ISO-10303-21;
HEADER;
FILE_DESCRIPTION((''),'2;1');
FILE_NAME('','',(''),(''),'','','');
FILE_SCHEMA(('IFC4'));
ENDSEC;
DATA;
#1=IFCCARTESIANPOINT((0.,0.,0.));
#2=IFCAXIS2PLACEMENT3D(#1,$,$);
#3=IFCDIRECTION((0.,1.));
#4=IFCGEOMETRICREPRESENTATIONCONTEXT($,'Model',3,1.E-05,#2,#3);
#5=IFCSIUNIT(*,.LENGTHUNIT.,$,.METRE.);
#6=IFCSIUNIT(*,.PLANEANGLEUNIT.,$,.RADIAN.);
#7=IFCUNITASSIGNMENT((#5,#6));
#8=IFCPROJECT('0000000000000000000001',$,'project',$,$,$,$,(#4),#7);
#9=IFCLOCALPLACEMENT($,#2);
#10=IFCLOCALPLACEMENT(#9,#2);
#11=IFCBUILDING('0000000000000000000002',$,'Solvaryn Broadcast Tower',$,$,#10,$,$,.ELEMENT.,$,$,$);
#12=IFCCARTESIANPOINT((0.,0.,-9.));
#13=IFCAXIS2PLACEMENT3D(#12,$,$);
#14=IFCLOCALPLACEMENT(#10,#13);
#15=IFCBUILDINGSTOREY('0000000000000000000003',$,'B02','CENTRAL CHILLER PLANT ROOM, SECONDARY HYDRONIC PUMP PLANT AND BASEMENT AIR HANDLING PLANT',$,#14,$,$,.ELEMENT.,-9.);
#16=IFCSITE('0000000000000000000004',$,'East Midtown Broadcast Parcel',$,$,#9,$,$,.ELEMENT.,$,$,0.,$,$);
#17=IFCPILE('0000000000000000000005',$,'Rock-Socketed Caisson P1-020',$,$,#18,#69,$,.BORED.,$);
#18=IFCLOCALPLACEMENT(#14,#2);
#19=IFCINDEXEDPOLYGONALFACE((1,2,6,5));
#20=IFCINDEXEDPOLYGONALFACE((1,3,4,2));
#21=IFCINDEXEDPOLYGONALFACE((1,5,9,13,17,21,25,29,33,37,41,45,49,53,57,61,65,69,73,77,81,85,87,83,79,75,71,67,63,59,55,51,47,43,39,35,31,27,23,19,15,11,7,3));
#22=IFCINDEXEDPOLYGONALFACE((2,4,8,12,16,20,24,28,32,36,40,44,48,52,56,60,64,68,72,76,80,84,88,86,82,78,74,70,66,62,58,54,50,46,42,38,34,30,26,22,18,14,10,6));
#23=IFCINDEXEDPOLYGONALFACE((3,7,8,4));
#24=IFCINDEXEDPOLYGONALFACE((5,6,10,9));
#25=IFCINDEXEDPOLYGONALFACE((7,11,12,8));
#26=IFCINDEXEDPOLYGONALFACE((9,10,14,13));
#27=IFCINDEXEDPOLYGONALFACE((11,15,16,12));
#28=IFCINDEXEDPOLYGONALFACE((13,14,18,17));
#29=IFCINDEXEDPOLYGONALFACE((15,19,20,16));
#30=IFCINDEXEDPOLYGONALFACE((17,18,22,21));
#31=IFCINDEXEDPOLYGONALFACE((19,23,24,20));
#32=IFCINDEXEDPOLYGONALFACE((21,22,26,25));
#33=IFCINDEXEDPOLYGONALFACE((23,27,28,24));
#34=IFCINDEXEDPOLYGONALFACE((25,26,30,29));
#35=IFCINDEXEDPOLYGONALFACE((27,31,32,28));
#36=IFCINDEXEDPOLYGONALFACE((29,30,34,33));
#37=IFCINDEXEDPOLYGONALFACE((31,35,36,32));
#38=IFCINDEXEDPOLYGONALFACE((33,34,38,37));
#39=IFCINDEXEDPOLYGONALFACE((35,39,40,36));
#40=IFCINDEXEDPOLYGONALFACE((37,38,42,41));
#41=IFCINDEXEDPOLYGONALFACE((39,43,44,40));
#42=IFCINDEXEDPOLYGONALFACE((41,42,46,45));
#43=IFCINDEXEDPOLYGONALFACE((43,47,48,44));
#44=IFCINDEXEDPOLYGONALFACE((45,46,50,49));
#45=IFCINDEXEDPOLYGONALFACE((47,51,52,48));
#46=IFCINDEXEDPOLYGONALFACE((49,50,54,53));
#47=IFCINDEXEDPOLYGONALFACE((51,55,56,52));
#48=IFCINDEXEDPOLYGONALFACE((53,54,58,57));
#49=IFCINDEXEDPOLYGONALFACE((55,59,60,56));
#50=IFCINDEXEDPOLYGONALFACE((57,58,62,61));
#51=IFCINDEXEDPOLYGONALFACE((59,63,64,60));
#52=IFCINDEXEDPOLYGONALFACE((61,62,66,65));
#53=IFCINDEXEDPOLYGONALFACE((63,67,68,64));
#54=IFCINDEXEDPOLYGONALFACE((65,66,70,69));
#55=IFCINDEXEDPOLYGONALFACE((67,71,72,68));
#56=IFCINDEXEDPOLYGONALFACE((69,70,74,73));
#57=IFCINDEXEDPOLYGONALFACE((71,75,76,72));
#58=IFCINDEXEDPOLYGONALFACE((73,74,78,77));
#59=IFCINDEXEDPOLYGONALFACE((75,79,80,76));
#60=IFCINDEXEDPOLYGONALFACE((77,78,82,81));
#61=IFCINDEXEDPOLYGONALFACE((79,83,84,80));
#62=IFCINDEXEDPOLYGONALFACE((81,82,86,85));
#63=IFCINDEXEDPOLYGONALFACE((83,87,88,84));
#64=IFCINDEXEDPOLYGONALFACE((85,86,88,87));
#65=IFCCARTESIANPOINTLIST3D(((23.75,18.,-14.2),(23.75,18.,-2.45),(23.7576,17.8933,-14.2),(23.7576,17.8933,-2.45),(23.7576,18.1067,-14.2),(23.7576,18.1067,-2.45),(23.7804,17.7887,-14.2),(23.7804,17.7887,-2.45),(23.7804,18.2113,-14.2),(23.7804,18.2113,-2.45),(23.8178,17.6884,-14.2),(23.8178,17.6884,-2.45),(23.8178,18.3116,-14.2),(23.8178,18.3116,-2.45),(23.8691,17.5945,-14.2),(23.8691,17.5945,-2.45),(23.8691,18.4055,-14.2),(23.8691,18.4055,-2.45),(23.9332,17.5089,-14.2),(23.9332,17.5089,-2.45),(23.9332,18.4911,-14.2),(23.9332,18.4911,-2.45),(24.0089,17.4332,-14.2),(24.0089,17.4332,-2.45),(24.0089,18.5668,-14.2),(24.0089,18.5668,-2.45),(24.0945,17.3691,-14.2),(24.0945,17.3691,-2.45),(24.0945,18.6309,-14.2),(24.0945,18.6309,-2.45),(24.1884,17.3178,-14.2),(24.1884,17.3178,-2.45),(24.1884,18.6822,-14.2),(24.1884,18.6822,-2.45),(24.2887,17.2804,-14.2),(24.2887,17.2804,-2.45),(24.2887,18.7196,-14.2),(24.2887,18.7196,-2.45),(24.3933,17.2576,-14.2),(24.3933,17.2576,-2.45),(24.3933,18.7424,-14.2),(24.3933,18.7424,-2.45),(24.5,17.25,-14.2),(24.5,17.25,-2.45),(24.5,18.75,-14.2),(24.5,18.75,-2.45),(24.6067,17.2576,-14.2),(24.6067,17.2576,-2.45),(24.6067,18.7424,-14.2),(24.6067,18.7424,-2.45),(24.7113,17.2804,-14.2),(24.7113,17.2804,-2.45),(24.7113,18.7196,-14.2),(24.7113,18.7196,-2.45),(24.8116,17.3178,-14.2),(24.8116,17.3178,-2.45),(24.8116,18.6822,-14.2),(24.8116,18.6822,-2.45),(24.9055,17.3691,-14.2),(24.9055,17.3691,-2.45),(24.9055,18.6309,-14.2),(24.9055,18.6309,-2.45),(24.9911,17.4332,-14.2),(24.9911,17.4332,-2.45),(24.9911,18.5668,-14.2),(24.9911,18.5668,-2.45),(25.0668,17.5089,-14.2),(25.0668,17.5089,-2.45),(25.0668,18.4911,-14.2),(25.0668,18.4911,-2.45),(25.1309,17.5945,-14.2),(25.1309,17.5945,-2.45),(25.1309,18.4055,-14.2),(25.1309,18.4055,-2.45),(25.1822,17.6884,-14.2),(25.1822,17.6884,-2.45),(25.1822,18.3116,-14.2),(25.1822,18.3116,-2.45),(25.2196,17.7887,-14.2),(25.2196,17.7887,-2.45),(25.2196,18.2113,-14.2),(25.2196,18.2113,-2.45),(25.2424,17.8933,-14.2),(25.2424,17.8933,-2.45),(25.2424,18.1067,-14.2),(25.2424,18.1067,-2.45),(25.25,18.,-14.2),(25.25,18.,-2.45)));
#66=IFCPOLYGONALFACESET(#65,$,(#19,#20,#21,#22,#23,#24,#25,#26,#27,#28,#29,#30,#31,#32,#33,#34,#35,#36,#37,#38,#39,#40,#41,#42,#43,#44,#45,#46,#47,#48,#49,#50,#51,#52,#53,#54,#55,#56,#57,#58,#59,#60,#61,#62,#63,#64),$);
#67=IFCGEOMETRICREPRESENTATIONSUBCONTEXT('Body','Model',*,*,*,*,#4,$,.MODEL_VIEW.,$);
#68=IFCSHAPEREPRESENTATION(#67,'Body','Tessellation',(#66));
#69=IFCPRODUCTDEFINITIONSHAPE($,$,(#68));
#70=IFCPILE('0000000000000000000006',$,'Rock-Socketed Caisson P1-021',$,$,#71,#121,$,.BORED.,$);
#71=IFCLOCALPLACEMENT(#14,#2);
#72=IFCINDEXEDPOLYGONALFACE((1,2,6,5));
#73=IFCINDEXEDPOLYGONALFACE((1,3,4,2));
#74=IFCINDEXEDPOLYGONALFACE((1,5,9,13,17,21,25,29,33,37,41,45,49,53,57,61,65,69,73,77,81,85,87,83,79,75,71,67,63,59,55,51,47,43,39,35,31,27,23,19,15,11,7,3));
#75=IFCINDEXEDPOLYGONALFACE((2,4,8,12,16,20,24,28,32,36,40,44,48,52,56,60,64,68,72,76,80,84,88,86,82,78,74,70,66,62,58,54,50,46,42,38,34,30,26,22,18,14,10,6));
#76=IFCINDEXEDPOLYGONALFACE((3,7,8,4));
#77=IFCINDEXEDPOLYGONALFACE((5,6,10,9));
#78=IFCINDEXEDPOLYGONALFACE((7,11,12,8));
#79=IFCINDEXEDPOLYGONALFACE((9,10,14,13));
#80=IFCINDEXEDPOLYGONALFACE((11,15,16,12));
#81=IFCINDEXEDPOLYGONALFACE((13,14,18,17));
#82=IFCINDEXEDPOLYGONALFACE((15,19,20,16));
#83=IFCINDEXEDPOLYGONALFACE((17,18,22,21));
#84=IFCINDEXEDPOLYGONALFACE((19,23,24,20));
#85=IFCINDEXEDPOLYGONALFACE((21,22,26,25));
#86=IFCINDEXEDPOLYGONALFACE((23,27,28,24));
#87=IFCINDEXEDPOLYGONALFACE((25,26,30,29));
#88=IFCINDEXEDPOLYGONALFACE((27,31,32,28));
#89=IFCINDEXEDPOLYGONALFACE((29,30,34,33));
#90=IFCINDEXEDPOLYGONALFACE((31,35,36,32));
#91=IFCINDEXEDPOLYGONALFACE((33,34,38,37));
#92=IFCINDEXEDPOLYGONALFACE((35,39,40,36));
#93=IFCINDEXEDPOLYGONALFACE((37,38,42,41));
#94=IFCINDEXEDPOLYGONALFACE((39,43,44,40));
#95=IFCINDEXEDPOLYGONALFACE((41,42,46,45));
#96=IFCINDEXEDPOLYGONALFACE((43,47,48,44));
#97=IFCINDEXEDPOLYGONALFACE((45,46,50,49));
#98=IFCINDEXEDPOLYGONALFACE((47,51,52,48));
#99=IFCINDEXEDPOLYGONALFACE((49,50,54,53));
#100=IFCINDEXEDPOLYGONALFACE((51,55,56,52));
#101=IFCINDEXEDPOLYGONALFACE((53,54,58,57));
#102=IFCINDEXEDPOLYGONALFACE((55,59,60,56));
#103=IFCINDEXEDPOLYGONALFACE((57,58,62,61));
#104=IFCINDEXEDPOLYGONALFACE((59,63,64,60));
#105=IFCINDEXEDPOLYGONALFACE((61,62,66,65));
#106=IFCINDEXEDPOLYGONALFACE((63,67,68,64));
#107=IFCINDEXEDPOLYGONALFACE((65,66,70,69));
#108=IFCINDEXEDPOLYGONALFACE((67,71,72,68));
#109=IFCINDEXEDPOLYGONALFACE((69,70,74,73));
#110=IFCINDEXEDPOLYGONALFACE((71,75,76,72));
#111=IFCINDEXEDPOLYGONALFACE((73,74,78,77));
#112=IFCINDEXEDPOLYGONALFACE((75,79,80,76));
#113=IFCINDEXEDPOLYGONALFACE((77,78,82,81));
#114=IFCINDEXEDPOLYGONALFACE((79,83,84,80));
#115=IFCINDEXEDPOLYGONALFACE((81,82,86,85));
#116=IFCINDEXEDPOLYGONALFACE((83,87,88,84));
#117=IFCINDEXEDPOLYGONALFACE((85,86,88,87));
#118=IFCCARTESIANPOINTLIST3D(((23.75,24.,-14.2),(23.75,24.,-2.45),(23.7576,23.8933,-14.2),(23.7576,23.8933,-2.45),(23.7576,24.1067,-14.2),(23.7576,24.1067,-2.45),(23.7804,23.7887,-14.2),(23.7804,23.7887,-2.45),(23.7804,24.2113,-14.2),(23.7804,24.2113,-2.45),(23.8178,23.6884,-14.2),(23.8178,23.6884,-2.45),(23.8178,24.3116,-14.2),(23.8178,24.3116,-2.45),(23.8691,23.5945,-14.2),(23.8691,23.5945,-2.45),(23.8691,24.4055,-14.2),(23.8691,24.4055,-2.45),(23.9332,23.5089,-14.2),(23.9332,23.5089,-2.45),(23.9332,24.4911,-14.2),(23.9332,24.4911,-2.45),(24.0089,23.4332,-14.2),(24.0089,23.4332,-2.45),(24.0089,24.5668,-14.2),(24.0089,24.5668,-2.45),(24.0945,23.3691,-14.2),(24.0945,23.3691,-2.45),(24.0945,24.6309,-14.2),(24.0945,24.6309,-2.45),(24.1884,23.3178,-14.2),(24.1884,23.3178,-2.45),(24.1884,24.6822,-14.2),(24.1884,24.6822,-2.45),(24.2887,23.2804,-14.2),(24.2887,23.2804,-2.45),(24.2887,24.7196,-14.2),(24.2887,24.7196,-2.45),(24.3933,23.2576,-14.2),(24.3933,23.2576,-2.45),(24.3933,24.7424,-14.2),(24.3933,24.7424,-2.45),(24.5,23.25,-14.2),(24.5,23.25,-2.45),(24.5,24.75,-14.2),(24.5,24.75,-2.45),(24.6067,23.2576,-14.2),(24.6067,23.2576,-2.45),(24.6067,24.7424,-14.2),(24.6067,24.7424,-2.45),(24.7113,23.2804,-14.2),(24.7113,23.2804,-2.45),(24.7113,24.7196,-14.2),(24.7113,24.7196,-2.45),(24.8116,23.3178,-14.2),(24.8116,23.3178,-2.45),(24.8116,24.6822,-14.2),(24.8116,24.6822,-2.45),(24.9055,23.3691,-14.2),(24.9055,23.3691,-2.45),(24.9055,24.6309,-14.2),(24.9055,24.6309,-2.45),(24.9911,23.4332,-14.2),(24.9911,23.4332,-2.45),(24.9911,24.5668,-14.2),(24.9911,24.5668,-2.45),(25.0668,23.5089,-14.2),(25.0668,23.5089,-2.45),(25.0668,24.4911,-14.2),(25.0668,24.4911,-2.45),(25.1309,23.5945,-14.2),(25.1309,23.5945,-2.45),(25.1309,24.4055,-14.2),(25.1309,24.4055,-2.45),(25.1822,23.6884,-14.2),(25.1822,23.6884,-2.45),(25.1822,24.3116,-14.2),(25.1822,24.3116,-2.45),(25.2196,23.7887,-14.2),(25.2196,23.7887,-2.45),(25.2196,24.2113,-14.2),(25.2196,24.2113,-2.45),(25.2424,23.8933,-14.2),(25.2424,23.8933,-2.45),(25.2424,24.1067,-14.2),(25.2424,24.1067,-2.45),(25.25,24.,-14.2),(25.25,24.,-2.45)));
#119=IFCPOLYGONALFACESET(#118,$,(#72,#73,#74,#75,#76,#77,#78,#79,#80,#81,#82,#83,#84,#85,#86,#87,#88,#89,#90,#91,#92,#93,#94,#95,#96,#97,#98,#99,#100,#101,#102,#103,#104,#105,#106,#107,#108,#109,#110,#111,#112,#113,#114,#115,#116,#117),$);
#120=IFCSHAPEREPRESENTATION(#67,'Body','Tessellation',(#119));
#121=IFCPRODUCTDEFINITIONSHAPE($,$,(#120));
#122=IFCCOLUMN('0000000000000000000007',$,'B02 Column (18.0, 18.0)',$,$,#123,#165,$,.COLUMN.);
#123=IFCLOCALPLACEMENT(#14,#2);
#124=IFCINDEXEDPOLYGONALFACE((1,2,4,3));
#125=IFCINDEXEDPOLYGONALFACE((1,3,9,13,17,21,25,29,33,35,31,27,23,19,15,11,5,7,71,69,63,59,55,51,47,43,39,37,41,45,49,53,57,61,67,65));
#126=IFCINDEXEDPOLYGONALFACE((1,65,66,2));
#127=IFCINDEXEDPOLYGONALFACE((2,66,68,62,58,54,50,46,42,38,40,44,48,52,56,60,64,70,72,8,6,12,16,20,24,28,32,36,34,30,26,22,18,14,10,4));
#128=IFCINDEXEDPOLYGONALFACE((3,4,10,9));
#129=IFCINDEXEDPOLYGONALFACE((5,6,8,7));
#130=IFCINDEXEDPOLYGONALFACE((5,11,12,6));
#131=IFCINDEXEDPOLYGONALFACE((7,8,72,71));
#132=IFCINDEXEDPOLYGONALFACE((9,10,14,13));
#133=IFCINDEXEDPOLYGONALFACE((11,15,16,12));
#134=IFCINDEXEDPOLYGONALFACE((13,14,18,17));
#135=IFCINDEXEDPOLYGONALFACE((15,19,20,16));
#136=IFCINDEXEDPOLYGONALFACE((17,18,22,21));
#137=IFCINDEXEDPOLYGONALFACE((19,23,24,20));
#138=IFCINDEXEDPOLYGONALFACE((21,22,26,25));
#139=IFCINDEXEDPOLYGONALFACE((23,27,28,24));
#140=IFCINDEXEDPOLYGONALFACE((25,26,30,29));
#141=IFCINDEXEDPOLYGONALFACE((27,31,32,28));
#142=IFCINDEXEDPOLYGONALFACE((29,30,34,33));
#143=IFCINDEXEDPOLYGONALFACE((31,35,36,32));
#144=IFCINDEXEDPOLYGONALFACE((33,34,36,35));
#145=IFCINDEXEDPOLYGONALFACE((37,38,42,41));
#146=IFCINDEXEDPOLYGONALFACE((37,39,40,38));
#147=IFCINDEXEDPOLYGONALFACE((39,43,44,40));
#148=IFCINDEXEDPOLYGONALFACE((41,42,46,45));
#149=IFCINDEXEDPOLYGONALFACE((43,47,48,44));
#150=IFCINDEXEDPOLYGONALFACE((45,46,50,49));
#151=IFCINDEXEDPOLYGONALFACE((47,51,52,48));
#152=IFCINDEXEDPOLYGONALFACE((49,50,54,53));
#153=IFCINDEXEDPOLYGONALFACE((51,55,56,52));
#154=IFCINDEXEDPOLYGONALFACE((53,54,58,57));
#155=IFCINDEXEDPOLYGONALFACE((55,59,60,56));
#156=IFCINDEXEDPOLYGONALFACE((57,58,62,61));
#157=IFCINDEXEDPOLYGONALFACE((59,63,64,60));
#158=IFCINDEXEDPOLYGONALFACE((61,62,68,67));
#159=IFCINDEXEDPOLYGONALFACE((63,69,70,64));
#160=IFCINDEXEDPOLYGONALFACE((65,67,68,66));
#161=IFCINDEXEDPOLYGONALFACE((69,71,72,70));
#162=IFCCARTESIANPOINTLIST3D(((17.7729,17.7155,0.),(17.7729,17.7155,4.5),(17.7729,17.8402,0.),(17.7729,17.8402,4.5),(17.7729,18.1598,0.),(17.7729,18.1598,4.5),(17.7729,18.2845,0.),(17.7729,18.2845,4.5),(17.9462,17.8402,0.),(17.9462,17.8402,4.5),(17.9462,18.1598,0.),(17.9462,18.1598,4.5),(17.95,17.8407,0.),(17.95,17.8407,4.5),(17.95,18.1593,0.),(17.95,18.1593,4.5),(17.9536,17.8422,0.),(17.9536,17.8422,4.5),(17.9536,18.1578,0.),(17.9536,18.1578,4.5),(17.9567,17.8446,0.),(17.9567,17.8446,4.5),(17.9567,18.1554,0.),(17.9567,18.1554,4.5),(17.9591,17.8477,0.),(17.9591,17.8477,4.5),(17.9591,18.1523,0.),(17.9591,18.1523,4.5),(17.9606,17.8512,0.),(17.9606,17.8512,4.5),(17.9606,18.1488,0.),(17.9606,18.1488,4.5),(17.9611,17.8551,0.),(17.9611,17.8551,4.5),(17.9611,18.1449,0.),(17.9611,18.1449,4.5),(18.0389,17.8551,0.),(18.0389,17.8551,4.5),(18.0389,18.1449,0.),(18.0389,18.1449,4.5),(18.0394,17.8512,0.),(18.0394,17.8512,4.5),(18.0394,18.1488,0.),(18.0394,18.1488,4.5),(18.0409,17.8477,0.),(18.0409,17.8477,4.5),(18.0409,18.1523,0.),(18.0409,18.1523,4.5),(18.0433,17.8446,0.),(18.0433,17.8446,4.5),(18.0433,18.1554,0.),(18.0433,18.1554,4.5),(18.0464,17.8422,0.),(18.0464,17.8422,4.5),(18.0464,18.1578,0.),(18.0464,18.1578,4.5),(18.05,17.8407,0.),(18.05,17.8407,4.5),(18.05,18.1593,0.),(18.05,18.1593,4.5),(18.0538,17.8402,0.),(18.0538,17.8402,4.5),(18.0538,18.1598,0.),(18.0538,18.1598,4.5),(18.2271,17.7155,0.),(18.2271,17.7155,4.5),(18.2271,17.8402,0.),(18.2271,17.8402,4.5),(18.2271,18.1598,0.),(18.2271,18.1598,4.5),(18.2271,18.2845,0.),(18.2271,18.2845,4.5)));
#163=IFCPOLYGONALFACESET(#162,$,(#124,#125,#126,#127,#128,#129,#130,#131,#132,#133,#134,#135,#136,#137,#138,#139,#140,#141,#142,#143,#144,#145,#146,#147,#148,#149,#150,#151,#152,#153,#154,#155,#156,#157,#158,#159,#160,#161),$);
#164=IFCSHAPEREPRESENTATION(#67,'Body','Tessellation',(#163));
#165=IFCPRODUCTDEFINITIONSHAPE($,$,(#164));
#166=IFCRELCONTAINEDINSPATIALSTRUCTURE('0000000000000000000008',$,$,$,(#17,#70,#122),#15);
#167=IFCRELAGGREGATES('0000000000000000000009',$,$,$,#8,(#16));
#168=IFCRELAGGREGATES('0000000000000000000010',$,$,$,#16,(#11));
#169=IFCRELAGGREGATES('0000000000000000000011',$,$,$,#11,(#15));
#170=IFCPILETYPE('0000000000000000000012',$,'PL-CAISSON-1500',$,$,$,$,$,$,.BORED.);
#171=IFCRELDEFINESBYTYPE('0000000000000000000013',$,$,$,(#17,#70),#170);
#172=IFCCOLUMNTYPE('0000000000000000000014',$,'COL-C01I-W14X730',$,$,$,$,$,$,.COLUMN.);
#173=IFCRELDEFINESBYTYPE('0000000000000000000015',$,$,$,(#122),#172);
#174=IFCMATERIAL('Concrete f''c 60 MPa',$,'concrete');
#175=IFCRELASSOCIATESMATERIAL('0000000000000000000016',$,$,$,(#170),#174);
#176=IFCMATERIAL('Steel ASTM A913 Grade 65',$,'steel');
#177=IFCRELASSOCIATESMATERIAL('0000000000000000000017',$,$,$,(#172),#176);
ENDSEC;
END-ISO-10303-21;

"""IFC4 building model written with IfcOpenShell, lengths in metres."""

from ifc_helpers import new_model, si_unit, direction, frame, origin, origin_2d, place, context, subcontext, project, spatial, circle, i_section, extrude, material, material_profile, profile_set, type_object, element, save


model = new_model("IFC4")

# Units and contexts
model_context = context("Model", 3, precision=1e-05, world=origin(), true_north=direction((0.0, 1.0)))
body_context = subcontext(model_context, "Body", "Model", "MODEL_VIEW")
ifc_project = project(units=[si_unit("LENGTHUNIT", "METRE"), si_unit("PLANEANGLEUNIT", "RADIAN")], contexts=[model_context])

# Site, building, storey
site_placement = place(None, origin())
site = spatial("IfcSite", under=ifc_project, at=site_placement, Name="East Midtown Broadcast Parcel", CompositionType="ELEMENT", RefElevation=0.0)
building_placement = place(site_placement, origin())
building = spatial("IfcBuilding", under=site, at=building_placement, Name="Solvaryn Broadcast Tower", CompositionType="ELEMENT")
storey_placement = place(building_placement, frame((0.0, 0.0, -9.0)))
storey = spatial("IfcBuildingStorey", under=building, at=storey_placement, Name="B02", Description="CENTRAL CHILLER PLANT ROOM, SECONDARY HYDRONIC PUMP PLANT AND BASEMENT AIR HANDLING PLANT", CompositionType="ELEMENT", Elevation=-9.0)

# Piles
ifc_material_1 = material(Name="Concrete f'c 60 MPa", Category="concrete")
ifc_material_profile_1 = material_profile(ifc_material_1, circle(Radius=0.75, at=origin_2d()))
ifc_profile_set_1 = profile_set([ifc_material_profile_1], Name="Concrete f'c 60 MPa")
pile_type_1 = type_object("IfcPileType", Name="PL-CAISSON-1500", PredefinedType="BORED", material=ifc_profile_set_1)
for number, where, z_axis, x_axis, name in (
    (1, (24.5, 18.0, -2.45), (0.0, 0.0, -1.0), (1.0, 0.0, 0.0), "Rock-Socketed Caisson P1-020"),
    (2, (24.5, 24.0, -2.45), (0.0, 0.0, -1.0), (1.0, 0.0, 0.0), "Rock-Socketed Caisson P1-021"),
):
    element("IfcPile", number, at=place(storey_placement, frame(where, z_axis=z_axis, x_axis=x_axis)), inside=storey, type_object=pile_type_1, Name=name, PredefinedType="BORED", context=body_context, shape_type="SweptSolid", body=[
        extrude(circle(Radius=0.75, at=origin_2d()), origin(), (0.0, 0.0, 1.0), 11.75),
    ])

# Column
ifc_material_2 = material(Name="Steel ASTM A913 Grade 65", Category="steel")
ifc_material_profile_2 = material_profile(ifc_material_2, i_section(OverallWidth=0.4541, OverallDepth=0.5691, WebThickness=0.0779, FlangeThickness=0.1248, FilletRadius=0.0149, at=origin_2d()))
ifc_profile_set_2 = profile_set([ifc_material_profile_2], Name="Steel ASTM A913 Grade 65")
column_type = type_object("IfcColumnType", Name="COL-C01I-W14X730", PredefinedType="COLUMN", material=ifc_profile_set_2)
for number, where, z_axis, x_axis, name in (
    (3, (18.0, 18.0, 0.0), (0.0, 0.0, 1.0), (1.0, 0.0, 0.0), "B02 Column (18.0, 18.0)"),
):
    element("IfcColumn", number, at=place(storey_placement, frame(where, z_axis=z_axis, x_axis=x_axis)), inside=storey, type_object=column_type, Name=name, PredefinedType="COLUMN", context=body_context, shape_type="SweptSolid", body=[
        extrude(i_section(OverallWidth=0.4541, OverallDepth=0.5691, WebThickness=0.0779, FlangeThickness=0.1248, FilletRadius=0.0149, at=origin_2d()), origin(), (0.0, 0.0, 1.0), 4.5),
    ])

save(model, "model.ifc")
